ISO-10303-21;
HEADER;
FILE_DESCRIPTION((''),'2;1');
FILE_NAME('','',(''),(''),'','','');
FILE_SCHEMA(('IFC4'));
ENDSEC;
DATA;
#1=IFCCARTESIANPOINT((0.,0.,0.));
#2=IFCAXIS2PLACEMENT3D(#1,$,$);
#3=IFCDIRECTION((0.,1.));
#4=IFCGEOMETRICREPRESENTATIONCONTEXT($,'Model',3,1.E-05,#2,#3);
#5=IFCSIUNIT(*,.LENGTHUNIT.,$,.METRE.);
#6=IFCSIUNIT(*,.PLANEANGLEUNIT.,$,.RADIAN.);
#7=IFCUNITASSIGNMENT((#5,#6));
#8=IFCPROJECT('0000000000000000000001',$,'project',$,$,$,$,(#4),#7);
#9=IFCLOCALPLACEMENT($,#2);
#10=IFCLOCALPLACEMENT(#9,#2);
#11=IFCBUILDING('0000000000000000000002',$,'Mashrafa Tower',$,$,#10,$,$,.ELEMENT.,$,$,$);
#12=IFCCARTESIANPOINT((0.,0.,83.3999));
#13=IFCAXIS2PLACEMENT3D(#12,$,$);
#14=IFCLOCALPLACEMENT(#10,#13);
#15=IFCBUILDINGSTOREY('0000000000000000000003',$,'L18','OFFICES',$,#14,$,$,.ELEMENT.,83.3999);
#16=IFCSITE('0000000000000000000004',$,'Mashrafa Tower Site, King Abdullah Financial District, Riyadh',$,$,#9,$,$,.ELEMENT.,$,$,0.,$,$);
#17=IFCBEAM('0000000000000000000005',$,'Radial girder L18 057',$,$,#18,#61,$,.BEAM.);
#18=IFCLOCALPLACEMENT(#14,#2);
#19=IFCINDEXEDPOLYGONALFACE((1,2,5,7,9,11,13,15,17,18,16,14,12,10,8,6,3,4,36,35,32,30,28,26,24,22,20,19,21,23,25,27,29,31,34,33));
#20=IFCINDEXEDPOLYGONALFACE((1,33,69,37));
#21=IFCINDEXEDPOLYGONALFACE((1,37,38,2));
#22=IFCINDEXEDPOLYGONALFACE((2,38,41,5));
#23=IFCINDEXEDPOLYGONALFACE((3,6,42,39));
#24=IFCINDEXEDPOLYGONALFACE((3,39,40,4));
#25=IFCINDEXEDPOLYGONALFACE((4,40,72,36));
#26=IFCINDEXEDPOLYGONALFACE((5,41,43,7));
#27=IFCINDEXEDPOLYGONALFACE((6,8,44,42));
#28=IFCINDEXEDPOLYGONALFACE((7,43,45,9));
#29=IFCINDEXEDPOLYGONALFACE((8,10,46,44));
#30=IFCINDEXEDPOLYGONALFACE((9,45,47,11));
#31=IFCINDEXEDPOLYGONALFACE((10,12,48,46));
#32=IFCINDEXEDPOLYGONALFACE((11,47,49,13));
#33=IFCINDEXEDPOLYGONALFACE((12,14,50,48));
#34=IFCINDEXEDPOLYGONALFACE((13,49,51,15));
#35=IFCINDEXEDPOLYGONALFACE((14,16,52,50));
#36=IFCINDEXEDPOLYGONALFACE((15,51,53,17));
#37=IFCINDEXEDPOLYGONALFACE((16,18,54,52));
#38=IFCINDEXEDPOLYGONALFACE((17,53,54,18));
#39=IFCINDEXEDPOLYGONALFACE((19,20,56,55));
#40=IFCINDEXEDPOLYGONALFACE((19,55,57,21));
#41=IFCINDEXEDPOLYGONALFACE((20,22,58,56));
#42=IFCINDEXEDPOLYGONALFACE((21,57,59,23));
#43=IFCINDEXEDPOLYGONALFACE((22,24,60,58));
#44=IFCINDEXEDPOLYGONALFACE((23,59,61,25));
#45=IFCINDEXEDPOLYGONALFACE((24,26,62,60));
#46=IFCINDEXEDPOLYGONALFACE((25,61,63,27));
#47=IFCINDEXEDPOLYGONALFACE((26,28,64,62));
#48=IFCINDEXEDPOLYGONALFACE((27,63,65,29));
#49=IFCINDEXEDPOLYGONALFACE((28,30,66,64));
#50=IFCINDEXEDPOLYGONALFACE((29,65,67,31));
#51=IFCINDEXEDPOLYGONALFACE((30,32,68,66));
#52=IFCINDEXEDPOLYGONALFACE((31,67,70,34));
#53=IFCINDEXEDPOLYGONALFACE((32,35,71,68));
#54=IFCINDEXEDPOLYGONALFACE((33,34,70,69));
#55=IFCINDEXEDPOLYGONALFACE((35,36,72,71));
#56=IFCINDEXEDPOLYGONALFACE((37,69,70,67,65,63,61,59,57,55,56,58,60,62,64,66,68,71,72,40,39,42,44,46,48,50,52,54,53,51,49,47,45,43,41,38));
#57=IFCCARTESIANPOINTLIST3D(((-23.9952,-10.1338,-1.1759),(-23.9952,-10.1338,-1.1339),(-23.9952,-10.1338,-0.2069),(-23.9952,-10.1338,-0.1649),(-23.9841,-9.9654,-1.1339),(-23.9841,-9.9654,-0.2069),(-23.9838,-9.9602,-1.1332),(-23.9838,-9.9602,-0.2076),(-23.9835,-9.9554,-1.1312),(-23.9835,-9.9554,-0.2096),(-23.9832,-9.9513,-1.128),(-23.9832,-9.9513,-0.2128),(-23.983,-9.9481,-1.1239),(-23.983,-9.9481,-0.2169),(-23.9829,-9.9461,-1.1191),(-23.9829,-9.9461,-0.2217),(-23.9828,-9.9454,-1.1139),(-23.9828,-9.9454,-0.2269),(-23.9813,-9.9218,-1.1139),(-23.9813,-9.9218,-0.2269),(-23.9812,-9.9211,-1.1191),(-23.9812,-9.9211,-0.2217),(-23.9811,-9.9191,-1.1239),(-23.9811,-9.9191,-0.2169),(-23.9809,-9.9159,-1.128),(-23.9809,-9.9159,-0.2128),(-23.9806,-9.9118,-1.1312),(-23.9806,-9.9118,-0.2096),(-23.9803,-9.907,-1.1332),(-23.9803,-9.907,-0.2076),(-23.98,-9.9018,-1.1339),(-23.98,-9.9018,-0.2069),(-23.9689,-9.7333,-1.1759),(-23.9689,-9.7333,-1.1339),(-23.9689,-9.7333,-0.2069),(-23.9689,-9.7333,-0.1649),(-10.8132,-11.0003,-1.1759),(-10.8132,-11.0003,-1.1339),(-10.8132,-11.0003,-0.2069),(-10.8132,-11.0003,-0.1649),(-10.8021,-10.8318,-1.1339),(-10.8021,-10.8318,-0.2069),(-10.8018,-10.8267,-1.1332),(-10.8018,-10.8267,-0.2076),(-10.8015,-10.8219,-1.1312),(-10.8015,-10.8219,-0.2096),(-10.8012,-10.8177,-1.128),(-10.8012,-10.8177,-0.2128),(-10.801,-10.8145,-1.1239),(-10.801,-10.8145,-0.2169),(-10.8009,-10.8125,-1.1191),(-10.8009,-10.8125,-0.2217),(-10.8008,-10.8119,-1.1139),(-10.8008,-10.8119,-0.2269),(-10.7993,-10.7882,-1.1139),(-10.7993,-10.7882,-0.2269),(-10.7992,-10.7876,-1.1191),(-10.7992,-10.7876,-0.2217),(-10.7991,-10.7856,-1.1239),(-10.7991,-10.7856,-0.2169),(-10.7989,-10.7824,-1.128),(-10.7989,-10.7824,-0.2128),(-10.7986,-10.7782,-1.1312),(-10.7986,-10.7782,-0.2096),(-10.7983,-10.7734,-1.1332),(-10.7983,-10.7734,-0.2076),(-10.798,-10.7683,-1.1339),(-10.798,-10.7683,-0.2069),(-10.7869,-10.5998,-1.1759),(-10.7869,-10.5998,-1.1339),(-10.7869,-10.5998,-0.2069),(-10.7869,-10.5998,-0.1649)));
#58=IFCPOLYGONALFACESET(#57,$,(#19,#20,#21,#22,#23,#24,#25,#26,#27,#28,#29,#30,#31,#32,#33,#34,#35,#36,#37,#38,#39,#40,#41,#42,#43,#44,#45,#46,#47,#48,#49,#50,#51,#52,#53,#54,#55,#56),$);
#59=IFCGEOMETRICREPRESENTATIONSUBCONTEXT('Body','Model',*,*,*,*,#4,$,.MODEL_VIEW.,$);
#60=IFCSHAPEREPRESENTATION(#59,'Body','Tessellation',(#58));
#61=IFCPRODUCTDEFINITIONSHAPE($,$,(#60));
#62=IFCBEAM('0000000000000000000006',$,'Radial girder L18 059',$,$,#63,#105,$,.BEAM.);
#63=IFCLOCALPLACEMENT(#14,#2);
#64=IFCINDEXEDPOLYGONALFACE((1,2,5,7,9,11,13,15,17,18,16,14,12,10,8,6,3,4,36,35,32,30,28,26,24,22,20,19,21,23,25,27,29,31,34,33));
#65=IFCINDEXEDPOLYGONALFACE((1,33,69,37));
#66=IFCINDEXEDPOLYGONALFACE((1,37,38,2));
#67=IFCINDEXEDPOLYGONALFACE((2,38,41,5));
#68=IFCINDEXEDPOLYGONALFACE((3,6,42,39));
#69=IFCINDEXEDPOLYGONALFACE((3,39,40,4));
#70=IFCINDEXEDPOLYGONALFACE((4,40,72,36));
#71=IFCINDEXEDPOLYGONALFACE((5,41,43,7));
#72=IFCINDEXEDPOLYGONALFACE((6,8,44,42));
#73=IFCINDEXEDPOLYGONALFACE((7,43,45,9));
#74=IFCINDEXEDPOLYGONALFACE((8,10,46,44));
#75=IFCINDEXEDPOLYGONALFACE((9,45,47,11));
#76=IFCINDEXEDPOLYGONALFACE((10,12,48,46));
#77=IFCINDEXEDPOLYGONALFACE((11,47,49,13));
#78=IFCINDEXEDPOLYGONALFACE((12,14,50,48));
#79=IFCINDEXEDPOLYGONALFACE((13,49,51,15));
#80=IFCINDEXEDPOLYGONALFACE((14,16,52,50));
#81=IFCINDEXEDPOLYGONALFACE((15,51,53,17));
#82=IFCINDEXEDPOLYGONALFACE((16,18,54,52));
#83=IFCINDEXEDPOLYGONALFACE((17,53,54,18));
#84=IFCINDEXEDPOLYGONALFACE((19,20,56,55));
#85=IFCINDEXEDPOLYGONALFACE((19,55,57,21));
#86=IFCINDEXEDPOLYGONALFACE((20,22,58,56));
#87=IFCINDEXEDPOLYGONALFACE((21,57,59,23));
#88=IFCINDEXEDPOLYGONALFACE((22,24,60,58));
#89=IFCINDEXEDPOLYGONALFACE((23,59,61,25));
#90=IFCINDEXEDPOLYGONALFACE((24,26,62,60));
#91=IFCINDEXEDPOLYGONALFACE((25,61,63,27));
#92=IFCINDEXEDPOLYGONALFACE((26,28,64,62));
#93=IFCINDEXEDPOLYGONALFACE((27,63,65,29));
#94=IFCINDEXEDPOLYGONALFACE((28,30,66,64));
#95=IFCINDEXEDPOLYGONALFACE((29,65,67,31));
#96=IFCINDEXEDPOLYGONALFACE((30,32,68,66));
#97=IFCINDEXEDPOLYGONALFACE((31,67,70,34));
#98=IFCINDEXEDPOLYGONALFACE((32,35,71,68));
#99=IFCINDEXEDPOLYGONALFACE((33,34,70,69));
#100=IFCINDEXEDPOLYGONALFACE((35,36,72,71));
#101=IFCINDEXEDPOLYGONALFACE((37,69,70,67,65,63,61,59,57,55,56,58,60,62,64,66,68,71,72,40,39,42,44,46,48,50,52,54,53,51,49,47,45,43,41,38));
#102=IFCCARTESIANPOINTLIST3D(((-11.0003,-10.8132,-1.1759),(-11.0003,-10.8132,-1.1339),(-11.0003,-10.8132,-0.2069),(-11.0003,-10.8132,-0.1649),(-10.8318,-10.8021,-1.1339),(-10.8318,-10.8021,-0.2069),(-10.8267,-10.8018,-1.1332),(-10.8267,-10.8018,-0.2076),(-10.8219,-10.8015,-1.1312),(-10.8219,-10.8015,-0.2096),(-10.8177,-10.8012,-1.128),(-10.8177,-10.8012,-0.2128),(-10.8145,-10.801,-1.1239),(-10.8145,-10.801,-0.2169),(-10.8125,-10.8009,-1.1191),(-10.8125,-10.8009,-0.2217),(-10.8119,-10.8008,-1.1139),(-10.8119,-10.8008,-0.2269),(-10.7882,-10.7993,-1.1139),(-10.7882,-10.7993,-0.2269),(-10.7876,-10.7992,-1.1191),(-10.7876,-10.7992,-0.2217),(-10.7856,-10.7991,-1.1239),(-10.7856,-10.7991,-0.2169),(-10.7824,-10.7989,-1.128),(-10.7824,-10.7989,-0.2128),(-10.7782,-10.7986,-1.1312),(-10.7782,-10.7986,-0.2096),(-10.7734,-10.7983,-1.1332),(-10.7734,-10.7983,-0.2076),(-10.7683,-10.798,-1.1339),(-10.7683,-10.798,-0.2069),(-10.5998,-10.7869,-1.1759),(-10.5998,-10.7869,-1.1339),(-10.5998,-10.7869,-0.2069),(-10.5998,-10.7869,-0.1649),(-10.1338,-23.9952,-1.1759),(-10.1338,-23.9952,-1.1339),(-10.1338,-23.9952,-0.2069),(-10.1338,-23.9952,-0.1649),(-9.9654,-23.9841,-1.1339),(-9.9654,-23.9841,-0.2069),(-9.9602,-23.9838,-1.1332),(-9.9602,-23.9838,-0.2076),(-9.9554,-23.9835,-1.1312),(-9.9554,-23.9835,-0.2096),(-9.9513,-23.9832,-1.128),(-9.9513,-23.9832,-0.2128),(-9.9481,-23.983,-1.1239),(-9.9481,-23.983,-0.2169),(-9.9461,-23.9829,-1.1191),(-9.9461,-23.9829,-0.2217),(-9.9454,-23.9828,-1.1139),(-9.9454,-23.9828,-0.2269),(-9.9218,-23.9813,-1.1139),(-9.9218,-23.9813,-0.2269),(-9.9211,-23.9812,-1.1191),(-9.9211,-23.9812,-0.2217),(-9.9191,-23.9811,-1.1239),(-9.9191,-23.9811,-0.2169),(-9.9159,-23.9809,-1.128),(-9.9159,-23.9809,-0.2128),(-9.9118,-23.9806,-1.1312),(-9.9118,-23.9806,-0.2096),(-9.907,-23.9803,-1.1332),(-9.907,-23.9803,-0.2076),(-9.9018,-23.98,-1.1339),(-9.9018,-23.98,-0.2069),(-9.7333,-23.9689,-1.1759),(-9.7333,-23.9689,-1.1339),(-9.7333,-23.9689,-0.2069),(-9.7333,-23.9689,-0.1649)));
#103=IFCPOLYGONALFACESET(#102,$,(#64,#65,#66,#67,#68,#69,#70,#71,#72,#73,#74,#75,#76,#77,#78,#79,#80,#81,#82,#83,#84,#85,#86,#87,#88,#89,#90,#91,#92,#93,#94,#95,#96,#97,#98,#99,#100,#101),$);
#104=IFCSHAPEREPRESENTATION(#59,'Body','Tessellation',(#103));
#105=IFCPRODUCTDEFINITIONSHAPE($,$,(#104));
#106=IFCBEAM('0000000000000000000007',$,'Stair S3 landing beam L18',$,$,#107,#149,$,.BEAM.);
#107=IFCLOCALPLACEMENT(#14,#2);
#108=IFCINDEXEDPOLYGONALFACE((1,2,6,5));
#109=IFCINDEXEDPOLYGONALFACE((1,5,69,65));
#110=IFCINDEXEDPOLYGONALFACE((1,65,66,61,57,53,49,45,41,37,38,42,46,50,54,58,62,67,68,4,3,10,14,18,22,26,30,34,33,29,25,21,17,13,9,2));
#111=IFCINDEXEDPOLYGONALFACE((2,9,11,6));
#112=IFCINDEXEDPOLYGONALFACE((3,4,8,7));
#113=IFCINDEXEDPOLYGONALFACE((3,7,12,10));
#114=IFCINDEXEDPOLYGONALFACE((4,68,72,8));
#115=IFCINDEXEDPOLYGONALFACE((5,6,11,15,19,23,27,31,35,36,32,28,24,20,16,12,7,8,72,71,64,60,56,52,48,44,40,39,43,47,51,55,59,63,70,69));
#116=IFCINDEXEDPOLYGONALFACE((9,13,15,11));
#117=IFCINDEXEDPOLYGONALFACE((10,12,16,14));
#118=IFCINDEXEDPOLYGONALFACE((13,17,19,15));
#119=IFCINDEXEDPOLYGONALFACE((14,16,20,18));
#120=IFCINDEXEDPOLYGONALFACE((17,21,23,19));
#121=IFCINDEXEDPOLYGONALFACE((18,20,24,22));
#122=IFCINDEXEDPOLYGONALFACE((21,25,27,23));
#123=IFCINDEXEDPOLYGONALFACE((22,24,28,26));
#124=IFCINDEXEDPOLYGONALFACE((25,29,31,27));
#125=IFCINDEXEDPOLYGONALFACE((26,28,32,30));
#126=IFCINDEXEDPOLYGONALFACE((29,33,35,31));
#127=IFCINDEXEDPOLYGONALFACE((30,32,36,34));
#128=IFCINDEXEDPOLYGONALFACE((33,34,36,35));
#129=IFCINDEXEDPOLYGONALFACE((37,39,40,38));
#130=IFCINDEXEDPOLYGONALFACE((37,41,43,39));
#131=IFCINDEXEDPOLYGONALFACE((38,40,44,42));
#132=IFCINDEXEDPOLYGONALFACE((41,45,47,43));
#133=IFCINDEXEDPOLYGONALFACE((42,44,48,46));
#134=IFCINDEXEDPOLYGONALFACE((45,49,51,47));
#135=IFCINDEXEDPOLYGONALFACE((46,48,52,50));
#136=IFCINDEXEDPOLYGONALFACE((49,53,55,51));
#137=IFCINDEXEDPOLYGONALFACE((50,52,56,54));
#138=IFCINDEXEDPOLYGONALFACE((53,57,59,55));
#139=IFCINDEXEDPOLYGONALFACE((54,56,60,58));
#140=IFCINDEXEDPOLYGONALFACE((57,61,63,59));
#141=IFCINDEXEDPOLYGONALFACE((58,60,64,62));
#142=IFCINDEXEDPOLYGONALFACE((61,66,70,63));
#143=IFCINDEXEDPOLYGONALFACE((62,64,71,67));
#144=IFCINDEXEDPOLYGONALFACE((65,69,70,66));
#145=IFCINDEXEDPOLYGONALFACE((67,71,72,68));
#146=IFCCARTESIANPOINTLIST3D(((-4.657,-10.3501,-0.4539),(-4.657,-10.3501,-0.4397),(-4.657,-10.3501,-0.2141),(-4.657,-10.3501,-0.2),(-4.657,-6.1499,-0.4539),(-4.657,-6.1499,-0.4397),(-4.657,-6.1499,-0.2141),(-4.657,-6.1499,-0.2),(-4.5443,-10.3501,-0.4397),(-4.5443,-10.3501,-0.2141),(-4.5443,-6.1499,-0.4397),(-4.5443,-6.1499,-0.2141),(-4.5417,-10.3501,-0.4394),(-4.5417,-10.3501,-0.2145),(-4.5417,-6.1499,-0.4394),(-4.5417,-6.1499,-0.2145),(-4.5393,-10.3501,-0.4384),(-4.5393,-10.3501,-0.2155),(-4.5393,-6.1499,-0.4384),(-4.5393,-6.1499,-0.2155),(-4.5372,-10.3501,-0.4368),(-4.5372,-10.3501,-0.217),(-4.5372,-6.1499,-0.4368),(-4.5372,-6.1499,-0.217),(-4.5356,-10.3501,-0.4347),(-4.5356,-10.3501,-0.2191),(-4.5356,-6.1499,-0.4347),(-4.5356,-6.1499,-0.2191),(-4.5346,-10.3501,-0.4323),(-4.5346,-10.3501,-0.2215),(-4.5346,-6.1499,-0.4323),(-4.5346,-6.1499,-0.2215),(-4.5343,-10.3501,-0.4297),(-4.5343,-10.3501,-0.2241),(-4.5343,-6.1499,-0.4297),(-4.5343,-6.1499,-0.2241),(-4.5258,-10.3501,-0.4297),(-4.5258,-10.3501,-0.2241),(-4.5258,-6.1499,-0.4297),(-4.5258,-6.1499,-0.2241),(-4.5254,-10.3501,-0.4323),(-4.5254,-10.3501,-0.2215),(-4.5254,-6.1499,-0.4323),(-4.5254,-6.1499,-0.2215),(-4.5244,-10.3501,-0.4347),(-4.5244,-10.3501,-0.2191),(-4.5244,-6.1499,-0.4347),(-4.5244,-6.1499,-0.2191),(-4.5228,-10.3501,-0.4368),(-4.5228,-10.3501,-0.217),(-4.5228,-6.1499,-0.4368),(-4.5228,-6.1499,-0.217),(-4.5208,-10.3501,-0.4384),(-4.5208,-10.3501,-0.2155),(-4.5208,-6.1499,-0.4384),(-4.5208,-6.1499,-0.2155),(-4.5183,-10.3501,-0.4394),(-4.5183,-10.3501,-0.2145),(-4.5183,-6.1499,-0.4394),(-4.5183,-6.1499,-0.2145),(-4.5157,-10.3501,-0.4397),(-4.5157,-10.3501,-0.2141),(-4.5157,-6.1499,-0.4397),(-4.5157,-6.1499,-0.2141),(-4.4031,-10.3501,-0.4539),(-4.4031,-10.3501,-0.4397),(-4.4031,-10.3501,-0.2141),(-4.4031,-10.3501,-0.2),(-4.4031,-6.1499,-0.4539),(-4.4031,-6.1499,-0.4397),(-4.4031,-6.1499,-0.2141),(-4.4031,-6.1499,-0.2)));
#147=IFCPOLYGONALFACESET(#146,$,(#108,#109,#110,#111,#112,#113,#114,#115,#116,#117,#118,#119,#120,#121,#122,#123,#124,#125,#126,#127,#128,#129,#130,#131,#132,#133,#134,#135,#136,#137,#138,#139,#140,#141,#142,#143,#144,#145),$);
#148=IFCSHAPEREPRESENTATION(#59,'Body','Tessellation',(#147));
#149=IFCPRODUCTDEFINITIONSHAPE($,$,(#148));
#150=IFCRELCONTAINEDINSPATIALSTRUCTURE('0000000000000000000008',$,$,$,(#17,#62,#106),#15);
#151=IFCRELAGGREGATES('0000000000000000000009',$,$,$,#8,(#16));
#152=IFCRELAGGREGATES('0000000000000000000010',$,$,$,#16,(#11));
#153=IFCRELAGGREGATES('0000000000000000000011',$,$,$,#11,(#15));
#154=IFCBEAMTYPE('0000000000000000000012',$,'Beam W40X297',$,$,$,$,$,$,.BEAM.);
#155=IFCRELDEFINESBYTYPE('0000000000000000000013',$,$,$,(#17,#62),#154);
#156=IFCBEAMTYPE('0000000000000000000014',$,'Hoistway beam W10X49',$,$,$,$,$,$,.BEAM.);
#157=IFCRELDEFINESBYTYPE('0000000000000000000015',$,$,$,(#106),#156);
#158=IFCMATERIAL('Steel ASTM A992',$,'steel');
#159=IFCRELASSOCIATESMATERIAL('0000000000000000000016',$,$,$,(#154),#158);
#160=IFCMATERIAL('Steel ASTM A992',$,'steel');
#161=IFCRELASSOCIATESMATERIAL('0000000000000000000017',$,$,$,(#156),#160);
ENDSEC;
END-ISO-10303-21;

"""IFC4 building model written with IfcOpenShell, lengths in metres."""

from ifc_helpers import new_model, si_unit, direction, frame, origin, origin_2d, place, context, subcontext, project, spatial, i_section, extrude, material, material_profile, profile_set, type_object, element, save


model = new_model("IFC4")

# Units and contexts
model_context = context("Model", 3, precision=1e-05, world=origin(), true_north=direction((0.0, 1.0)))
body_context = subcontext(model_context, "Body", "Model", "MODEL_VIEW")
ifc_project = project(units=[si_unit("LENGTHUNIT", "METRE"), si_unit("PLANEANGLEUNIT", "RADIAN")], contexts=[model_context])

# Site, building, storey
site_placement = place(None, origin())
site = spatial("IfcSite", under=ifc_project, at=site_placement, Name="Mashrafa Tower Site, King Abdullah Financial District, Riyadh", CompositionType="ELEMENT", RefElevation=0.0)
building_placement = place(site_placement, origin())
building = spatial("IfcBuilding", under=site, at=building_placement, Name="Mashrafa Tower", CompositionType="ELEMENT")
storey_placement = place(building_placement, frame((0.0, 0.0, 83.3999)))
storey = spatial("IfcBuildingStorey", under=building, at=storey_placement, Name="L18", Description="OFFICES", CompositionType="ELEMENT", Elevation=83.3999)

# Beams
ifc_material_1 = material(Name="Steel ASTM A992", Category="steel")
ifc_material_profile_1 = material_profile(ifc_material_1, i_section(OverallWidth=0.4014, OverallDepth=1.011, WebThickness=0.0237, FlangeThickness=0.042, FilletRadius=0.02, at=origin_2d()), Name="W40X297")
ifc_profile_set_1 = profile_set([ifc_material_profile_1], Name="Steel ASTM A992")
beam_type_1 = type_object("IfcBeamType", Name="Beam W40X297", PredefinedType="BEAM", material=ifc_profile_set_1)
for number, where, z_axis, x_axis, name in (
    (1, (-10.8, -10.8, -0.6704), (-0.997847, 0.065589, 0.0), (-0.065589, -0.997847, 0.0), "Radial girder L18 057"),
    (2, (-10.8, -10.8, -0.6704), (0.065589, -0.997847, 0.0), (0.997847, 0.065589, 0.0), "Radial girder L18 059"),
):
    element("IfcBeam", number, at=place(storey_placement, frame(where, z_axis=z_axis, x_axis=x_axis)), inside=storey, type_object=beam_type_1, Name=name, PredefinedType="BEAM", context=body_context, shape_type="SweptSolid", body=[
        extrude(i_section(OverallWidth=0.4014, OverallDepth=1.011, WebThickness=0.0237, FlangeThickness=0.042, FilletRadius=0.02, at=origin_2d()), origin(), (0.0, 0.0, 1.0), 13.2104),
    ])
ifc_material_2 = material(Name="Steel ASTM A992", Category="steel")
ifc_material_profile_2 = material_profile(ifc_material_2, i_section(OverallWidth=0.2539, OverallDepth=0.2539, WebThickness=0.0085, FlangeThickness=0.0142, FilletRadius=0.01, at=origin_2d()), Name="W10X49")
ifc_profile_set_2 = profile_set([ifc_material_profile_2], Name="Steel ASTM A992")
beam_type_2 = type_object("IfcBeamType", Name="Hoistway beam W10X49", PredefinedType="BEAM", material=ifc_profile_set_2)
beam_1_placement = place(storey_placement, frame((-4.53, -10.3501, -0.3269), z_axis=(0.0, 1.0, 0.0), x_axis=(-1.0, 0.0, 0.0)))
element("IfcBeam", 3, at=beam_1_placement, inside=storey, type_object=beam_type_2, Name="Stair S3 landing beam L18", PredefinedType="BEAM", context=body_context, shape_type="SweptSolid", body=[
    extrude(i_section(OverallWidth=0.2539, OverallDepth=0.2539, WebThickness=0.0085, FlangeThickness=0.0142, FilletRadius=0.01, at=origin_2d()), origin(), (0.0, 0.0, 1.0), 4.2002),
])

save(model, "model.ifc")
